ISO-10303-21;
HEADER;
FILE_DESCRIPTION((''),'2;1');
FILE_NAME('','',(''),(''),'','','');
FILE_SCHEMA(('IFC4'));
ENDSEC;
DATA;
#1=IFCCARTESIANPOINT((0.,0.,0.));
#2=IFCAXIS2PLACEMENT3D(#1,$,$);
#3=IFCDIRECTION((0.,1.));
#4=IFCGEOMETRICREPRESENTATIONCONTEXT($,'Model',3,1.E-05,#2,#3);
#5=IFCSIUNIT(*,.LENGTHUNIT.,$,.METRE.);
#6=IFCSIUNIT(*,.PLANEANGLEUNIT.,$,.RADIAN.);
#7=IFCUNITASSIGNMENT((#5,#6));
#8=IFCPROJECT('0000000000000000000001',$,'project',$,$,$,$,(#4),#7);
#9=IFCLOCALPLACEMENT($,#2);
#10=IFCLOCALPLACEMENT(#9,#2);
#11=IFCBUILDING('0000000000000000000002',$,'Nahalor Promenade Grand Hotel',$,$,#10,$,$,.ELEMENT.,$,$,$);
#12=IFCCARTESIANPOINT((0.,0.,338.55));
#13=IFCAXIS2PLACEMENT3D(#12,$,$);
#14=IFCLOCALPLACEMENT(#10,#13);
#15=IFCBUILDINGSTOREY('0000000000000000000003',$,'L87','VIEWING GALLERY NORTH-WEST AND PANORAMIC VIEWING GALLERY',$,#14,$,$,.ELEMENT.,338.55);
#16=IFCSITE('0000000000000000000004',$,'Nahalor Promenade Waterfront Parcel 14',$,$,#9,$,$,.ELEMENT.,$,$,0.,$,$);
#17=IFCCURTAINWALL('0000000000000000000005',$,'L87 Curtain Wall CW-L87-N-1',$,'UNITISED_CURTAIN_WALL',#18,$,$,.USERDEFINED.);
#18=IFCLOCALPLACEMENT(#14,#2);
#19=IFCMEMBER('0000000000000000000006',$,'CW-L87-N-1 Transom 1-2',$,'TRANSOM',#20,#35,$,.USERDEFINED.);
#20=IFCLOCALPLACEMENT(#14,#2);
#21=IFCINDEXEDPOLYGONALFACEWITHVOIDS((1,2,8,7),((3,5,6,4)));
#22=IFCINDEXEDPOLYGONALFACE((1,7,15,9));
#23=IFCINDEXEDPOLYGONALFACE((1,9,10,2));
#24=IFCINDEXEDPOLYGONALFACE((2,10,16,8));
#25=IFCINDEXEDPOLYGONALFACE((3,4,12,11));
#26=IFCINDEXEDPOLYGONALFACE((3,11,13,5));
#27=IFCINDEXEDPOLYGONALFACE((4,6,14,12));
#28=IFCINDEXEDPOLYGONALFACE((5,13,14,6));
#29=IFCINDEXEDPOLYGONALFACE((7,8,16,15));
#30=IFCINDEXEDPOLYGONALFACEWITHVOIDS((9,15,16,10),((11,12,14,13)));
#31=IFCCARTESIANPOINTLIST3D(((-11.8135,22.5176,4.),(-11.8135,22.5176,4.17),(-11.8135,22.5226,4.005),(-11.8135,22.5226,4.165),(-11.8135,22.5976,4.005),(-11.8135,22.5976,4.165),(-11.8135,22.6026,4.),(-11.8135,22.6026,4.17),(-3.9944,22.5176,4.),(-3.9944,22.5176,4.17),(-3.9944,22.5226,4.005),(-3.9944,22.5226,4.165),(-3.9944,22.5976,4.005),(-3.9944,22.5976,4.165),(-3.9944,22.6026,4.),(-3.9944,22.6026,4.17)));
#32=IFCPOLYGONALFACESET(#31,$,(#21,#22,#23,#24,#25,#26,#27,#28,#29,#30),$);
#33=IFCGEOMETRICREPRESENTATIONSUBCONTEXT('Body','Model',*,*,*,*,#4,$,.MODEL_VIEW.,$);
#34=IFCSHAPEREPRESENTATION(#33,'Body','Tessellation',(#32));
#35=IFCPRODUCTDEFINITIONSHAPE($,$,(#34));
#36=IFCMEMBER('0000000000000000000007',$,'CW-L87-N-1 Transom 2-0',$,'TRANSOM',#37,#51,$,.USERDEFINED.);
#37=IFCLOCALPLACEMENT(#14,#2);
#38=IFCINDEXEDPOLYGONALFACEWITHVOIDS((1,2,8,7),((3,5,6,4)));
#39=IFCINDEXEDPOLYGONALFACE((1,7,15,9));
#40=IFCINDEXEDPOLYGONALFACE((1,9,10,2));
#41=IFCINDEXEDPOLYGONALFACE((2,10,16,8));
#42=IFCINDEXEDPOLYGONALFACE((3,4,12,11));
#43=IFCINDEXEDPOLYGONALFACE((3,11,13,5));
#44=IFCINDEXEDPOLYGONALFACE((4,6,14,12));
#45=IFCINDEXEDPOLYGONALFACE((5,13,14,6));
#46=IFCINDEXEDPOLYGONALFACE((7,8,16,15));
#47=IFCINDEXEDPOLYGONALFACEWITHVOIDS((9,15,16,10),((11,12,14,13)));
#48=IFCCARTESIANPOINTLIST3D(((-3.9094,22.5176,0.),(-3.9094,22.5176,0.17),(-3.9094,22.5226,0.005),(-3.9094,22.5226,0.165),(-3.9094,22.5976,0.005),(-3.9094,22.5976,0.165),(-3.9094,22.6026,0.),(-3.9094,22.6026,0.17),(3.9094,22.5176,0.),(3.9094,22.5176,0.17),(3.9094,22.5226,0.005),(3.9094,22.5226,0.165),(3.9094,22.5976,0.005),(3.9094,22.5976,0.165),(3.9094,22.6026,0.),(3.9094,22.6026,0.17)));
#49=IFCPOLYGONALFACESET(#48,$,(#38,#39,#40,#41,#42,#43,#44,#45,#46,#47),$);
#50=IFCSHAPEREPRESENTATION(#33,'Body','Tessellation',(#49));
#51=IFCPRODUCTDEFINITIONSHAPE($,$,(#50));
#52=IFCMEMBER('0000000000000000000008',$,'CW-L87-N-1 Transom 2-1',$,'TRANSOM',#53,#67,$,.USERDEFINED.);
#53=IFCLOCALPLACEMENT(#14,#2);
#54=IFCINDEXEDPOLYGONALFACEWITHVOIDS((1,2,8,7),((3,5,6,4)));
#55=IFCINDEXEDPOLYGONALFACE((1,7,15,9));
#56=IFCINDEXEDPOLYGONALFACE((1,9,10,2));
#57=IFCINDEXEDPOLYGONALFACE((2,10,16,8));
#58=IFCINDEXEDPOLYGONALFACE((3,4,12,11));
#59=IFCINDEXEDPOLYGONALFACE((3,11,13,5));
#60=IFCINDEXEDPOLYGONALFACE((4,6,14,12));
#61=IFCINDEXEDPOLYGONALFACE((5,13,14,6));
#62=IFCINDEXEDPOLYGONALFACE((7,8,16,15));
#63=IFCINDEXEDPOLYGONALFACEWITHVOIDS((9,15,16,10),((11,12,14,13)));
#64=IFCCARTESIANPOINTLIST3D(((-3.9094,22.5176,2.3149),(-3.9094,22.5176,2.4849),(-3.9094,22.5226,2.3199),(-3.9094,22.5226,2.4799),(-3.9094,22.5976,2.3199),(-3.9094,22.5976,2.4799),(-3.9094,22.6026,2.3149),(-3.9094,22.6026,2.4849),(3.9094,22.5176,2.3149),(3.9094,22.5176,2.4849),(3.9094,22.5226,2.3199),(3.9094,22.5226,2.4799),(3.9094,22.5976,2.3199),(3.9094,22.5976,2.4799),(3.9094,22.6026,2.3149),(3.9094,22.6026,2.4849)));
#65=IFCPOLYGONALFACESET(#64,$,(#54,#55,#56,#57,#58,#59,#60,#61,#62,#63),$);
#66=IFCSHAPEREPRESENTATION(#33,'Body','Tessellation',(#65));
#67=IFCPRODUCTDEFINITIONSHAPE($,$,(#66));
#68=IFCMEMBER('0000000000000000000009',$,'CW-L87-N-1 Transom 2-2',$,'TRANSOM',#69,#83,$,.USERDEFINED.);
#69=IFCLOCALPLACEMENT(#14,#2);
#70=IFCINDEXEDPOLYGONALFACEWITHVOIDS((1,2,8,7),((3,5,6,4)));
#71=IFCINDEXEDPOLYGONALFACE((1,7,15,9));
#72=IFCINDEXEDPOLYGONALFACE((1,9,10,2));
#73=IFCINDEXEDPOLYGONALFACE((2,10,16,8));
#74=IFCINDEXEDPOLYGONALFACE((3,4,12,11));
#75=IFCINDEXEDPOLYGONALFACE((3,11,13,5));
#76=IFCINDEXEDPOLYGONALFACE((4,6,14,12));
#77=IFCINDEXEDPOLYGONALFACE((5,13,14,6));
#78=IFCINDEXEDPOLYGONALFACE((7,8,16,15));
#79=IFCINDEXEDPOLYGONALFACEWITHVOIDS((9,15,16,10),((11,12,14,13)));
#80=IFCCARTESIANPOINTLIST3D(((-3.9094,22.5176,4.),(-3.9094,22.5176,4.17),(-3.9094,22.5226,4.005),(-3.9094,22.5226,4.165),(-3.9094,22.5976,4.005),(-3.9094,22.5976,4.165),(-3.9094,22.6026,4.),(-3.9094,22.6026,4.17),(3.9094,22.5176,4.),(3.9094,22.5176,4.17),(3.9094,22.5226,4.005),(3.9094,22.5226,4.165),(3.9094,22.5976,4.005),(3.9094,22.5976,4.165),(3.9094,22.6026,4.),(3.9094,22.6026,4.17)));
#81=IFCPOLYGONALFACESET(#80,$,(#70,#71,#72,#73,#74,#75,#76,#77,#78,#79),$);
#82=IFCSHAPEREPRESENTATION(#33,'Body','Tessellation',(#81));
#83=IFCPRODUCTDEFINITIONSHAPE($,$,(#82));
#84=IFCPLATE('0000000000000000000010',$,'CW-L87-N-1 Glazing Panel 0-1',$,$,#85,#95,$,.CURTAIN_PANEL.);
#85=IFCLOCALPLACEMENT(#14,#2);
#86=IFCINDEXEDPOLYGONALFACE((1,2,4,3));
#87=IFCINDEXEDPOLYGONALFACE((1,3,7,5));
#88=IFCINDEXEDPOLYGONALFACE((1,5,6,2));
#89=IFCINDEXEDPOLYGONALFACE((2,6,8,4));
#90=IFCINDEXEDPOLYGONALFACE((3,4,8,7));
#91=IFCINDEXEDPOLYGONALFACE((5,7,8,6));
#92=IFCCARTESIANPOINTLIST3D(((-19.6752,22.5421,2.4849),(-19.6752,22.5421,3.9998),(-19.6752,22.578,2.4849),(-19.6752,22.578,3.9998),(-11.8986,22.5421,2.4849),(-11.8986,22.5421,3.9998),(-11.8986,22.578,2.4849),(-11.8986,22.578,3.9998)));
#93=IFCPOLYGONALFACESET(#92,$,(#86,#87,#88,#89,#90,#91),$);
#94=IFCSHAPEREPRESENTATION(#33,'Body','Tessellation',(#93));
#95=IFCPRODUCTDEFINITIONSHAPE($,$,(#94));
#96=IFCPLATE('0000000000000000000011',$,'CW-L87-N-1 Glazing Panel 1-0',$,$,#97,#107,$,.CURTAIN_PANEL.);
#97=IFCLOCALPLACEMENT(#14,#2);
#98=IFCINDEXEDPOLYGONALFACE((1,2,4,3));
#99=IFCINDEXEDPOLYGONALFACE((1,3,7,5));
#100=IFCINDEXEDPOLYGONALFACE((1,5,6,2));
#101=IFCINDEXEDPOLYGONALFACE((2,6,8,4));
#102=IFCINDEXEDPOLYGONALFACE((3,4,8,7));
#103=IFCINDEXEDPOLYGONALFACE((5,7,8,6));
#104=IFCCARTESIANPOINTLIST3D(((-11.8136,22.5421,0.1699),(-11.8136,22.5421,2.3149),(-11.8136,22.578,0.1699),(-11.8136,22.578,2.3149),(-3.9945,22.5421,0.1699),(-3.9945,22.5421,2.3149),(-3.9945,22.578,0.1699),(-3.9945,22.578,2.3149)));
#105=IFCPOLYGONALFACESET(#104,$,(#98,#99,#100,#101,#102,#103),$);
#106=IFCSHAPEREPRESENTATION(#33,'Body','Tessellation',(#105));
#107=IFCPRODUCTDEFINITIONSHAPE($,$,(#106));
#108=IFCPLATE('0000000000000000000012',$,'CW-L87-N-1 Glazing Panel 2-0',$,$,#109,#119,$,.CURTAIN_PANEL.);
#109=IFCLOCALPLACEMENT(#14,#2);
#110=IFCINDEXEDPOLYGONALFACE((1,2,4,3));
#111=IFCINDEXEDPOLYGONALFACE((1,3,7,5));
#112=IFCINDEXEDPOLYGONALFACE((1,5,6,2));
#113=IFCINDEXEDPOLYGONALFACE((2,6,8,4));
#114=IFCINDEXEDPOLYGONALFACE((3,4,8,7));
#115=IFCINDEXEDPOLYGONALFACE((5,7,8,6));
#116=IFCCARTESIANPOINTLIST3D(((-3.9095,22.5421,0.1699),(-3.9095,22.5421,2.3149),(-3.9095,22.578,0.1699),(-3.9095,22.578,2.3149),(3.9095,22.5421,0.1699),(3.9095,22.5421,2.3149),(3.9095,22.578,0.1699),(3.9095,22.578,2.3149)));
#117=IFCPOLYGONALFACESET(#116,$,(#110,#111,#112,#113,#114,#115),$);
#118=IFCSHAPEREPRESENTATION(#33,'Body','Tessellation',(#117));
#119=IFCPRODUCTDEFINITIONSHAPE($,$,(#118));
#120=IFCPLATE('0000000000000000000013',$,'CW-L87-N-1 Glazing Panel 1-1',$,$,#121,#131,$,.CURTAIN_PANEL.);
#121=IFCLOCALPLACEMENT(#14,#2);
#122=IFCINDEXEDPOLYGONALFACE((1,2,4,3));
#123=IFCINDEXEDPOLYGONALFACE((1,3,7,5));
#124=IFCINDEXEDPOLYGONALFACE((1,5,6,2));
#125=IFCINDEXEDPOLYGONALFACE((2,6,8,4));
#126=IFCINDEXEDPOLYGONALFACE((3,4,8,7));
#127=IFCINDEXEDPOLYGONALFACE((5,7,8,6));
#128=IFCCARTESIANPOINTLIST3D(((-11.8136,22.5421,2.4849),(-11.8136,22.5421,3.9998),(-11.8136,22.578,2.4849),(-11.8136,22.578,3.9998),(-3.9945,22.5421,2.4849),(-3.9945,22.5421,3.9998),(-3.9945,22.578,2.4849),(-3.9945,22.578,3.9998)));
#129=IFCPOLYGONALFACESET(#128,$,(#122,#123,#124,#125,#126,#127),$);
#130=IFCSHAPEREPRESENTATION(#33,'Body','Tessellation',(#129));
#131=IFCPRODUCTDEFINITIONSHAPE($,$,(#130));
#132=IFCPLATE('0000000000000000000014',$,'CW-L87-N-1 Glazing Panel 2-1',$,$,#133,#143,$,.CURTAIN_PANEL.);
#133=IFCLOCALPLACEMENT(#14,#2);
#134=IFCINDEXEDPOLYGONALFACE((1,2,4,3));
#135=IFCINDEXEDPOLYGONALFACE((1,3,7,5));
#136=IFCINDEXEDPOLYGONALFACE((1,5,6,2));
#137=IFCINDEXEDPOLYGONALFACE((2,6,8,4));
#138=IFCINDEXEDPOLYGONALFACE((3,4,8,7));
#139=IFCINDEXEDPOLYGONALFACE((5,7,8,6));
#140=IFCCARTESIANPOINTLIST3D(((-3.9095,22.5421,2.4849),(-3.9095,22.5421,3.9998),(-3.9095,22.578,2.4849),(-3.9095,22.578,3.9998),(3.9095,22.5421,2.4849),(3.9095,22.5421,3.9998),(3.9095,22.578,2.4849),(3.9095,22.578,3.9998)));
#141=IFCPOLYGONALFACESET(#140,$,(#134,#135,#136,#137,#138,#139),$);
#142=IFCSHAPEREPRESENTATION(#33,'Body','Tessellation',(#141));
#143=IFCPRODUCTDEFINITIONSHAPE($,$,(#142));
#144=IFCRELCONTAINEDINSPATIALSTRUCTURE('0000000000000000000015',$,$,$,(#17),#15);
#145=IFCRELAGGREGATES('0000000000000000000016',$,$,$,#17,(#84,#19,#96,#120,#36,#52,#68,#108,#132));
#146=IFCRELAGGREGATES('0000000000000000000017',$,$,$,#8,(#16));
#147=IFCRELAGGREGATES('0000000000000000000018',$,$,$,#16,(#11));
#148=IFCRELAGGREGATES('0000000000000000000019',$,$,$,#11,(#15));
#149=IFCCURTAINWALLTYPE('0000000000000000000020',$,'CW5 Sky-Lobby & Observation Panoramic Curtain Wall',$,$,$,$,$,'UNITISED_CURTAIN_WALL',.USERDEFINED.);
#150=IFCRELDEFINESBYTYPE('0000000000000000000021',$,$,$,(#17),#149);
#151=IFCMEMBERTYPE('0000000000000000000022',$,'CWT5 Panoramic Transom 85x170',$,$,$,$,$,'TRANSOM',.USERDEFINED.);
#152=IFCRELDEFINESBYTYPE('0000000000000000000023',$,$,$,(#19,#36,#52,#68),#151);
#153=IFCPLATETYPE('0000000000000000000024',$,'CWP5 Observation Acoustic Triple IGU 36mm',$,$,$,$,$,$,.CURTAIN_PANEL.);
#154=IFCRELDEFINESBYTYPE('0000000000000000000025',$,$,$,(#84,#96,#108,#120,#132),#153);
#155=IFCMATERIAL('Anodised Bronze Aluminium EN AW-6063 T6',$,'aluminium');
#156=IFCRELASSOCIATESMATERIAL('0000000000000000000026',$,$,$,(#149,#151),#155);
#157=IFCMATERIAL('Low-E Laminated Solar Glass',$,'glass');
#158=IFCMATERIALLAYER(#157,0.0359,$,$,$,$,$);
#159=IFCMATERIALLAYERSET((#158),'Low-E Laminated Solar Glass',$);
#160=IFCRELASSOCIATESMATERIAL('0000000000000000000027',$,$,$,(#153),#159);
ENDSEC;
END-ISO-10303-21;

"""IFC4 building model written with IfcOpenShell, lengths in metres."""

from ifc_helpers import new_model, si_unit, direction, frame, origin, origin_2d, place, context, subcontext, project, spatial, rectangle, hollow_rectangle, extrude, source, transform, mapped, material, layer, layer_set, material_profile, profile_set, type_object, element, aggregate, save


model = new_model("IFC4")

# Units and contexts
model_context = context("Model", 3, precision=1e-05, world=origin(), true_north=direction((0.0, 1.0)))
body_context = subcontext(model_context, "Body", "Model", "MODEL_VIEW")
ifc_project = project(units=[si_unit("LENGTHUNIT", "METRE"), si_unit("PLANEANGLEUNIT", "RADIAN")], contexts=[model_context])

# Site, building, storey
site_placement = place(None, origin())
site = spatial("IfcSite", under=ifc_project, at=site_placement, Name="Nahalor Promenade Waterfront Parcel 14", CompositionType="ELEMENT", RefElevation=0.0)
building_placement = place(site_placement, origin())
building = spatial("IfcBuilding", under=site, at=building_placement, Name="Nahalor Promenade Grand Hotel", CompositionType="ELEMENT")
storey_placement = place(building_placement, frame((0.0, 0.0, 338.55)))
storey = spatial("IfcBuildingStorey", under=building, at=storey_placement, Name="L87", Description="VIEWING GALLERY NORTH-WEST AND PANORAMIC VIEWING GALLERY", CompositionType="ELEMENT", Elevation=338.55)

# Curtain wall, members, plates
ifc_material_1 = material(Name="Anodised Bronze Aluminium EN AW-6063 T6", Category="aluminium")
curtain_wall_type = type_object("IfcCurtainWallType", Name="CW5 Sky-Lobby & Observation Panoramic Curtain Wall", ElementType="UNITISED_CURTAIN_WALL", PredefinedType="USERDEFINED", material=ifc_material_1)
curtain_wall_placement = place(storey_placement, origin())
curtain_wall = element("IfcCurtainWall", 1, at=curtain_wall_placement, inside=storey, type_object=curtain_wall_type, Name="L87 Curtain Wall CW-L87-N-1", ObjectType="UNITISED_CURTAIN_WALL", PredefinedType="USERDEFINED")
ifc_material_profile_1 = material_profile(ifc_material_1, hollow_rectangle(XDim=0.085, YDim=0.17, WallThickness=0.005, at=origin_2d()), Name="CWT 85x170x5")
ifc_profile_set_1 = profile_set([ifc_material_profile_1], Name="Anodised Bronze Aluminium EN AW-6063 T6")
member_type_1 = type_object("IfcMemberType", Name="CWT5 Panoramic Transom 85x170", ElementType="TRANSOM", PredefinedType="USERDEFINED", material=ifc_profile_set_1)
shared_shape_1 = source(origin(), body_context, "Body", "SweptSolid", [
    extrude(hollow_rectangle(XDim=0.085, YDim=0.17, WallThickness=0.005, at=origin_2d()), origin(), (0.0, 0.0, 1.0), 7.8191),
])
member_1_placement = place(storey_placement, frame((-11.8135, 22.5601, 4.085), z_axis=(1.0, 0.0, 0.0), x_axis=(0.0, 1.0, 0.0)))
member_1 = element("IfcMember", 2, at=member_1_placement, type_object=member_type_1, Name="CW-L87-N-1 Transom 1-2", ObjectType="TRANSOM", PredefinedType="USERDEFINED", context=body_context, shape_type="MappedRepresentation", body=[
    mapped(shared_shape_1, transform((0.0, 0.0, 0.0), scale=1.0)),
])
shared_shape_2 = source(origin(), body_context, "Body", "SweptSolid", [
    extrude(hollow_rectangle(XDim=0.085, YDim=0.17, WallThickness=0.005, at=origin_2d()), origin(), (0.0, 0.0, 1.0), 7.8188),
])
member_2_placement = place(storey_placement, frame((-3.9094, 22.5601, 0.085), z_axis=(1.0, 0.0, 0.0), x_axis=(0.0, 1.0, 0.0)))
member_2 = element("IfcMember", 3, at=member_2_placement, type_object=member_type_1, Name="CW-L87-N-1 Transom 2-0", ObjectType="TRANSOM", PredefinedType="USERDEFINED", context=body_context, shape_type="MappedRepresentation", body=[
    mapped(shared_shape_2, transform((0.0, 0.0, 0.0), scale=1.0)),
])
member_3_placement = place(storey_placement, frame((-3.9094, 22.5601, 2.3999), z_axis=(1.0, 0.0, 0.0), x_axis=(0.0, 1.0, 0.0)))
member_3 = element("IfcMember", 4, at=member_3_placement, type_object=member_type_1, Name="CW-L87-N-1 Transom 2-1", ObjectType="TRANSOM", PredefinedType="USERDEFINED", context=body_context, shape_type="MappedRepresentation", body=[
    mapped(shared_shape_2, transform((0.0, 0.0, 0.0), scale=1.0)),
])
member_4_placement = place(storey_placement, frame((-3.9094, 22.5601, 4.085), z_axis=(1.0, 0.0, 0.0), x_axis=(0.0, 1.0, 0.0)))
member_4 = element("IfcMember", 5, at=member_4_placement, type_object=member_type_1, Name="CW-L87-N-1 Transom 2-2", ObjectType="TRANSOM", PredefinedType="USERDEFINED", context=body_context, shape_type="MappedRepresentation", body=[
    mapped(shared_shape_2, transform((0.0, 0.0, 0.0), scale=1.0)),
])
ifc_material_2 = material(Name="Low-E Laminated Solar Glass", Category="glass")
ifc_layer = layer(ifc_material_2, 0.0359)
ifc_layer_set = layer_set([ifc_layer], Name="Low-E Laminated Solar Glass")
plate_type = type_object("IfcPlateType", Name="CWP5 Observation Acoustic Triple IGU 36mm", PredefinedType="CURTAIN_PANEL", material=ifc_layer_set)
shared_shape_3 = source(origin(), body_context, "Body", "SweptSolid", [
    extrude(rectangle(XDim=7.7766, YDim=0.0359, at=origin_2d()), origin(), (0.0, 0.0, 1.0), 1.5149),
])
plate_1_placement = place(storey_placement, frame((-15.7869, 22.5601, 2.4849), z_axis=(0.0, 0.0, 1.0), x_axis=(1.0, 0.0, 0.0)))
plate_1 = element("IfcPlate", 6, at=plate_1_placement, type_object=plate_type, Name="CW-L87-N-1 Glazing Panel 0-1", PredefinedType="CURTAIN_PANEL", context=body_context, shape_type="MappedRepresentation", body=[
    mapped(shared_shape_3, transform((0.0, 0.0, 0.0), scale=1.0)),
])
shared_shape_4 = source(origin(), body_context, "Body", "SweptSolid", [
    extrude(rectangle(XDim=7.8191, YDim=0.0359, at=origin_2d()), origin(), (0.0, 0.0, 1.0), 2.145),
])
plate_2_placement = place(storey_placement, frame((-7.9041, 22.5601, 0.1699), z_axis=(0.0, 0.0, 1.0), x_axis=(1.0, 0.0, 0.0)))
plate_2 = element("IfcPlate", 7, at=plate_2_placement, type_object=plate_type, Name="CW-L87-N-1 Glazing Panel 1-0", PredefinedType="CURTAIN_PANEL", context=body_context, shape_type="MappedRepresentation", body=[
    mapped(shared_shape_4, transform((0.0, 0.0, 0.0), scale=1.0)),
])
plate_3_placement = place(storey_placement, frame((0.0, 22.5601, 0.1699), z_axis=(0.0, 0.0, 1.0), x_axis=(1.0, 0.0, 0.0)))
plate_3 = element("IfcPlate", 8, at=plate_3_placement, type_object=plate_type, Name="CW-L87-N-1 Glazing Panel 2-0", PredefinedType="CURTAIN_PANEL", context=body_context, shape_type="MappedRepresentation", body=[
    mapped(shared_shape_4, transform((0.0, 0.0, 0.0), scale=1.0)),
])
shared_shape_5 = source(origin(), body_context, "Body", "SweptSolid", [
    extrude(rectangle(XDim=7.8191, YDim=0.0359, at=origin_2d()), origin(), (0.0, 0.0, 1.0), 1.5149),
])
plate_4_placement = place(storey_placement, frame((-7.9041, 22.5601, 2.4849), z_axis=(0.0, 0.0, 1.0), x_axis=(1.0, 0.0, 0.0)))
plate_4 = element("IfcPlate", 9, at=plate_4_placement, type_object=plate_type, Name="CW-L87-N-1 Glazing Panel 1-1", PredefinedType="CURTAIN_PANEL", context=body_context, shape_type="MappedRepresentation", body=[
    mapped(shared_shape_5, transform((0.0, 0.0, 0.0), scale=1.0)),
])
plate_5_placement = place(storey_placement, frame((0.0, 22.5601, 2.4849), z_axis=(0.0, 0.0, 1.0), x_axis=(1.0, 0.0, 0.0)))
plate_5 = element("IfcPlate", 10, at=plate_5_placement, type_object=plate_type, Name="CW-L87-N-1 Glazing Panel 2-1", PredefinedType="CURTAIN_PANEL", context=body_context, shape_type="MappedRepresentation", body=[
    mapped(shared_shape_5, transform((0.0, 0.0, 0.0), scale=1.0)),
])
aggregate(curtain_wall, [plate_1, member_1, plate_2, plate_4, member_2, member_3, member_4, plate_3, plate_5])

save(model, "model.ifc")
